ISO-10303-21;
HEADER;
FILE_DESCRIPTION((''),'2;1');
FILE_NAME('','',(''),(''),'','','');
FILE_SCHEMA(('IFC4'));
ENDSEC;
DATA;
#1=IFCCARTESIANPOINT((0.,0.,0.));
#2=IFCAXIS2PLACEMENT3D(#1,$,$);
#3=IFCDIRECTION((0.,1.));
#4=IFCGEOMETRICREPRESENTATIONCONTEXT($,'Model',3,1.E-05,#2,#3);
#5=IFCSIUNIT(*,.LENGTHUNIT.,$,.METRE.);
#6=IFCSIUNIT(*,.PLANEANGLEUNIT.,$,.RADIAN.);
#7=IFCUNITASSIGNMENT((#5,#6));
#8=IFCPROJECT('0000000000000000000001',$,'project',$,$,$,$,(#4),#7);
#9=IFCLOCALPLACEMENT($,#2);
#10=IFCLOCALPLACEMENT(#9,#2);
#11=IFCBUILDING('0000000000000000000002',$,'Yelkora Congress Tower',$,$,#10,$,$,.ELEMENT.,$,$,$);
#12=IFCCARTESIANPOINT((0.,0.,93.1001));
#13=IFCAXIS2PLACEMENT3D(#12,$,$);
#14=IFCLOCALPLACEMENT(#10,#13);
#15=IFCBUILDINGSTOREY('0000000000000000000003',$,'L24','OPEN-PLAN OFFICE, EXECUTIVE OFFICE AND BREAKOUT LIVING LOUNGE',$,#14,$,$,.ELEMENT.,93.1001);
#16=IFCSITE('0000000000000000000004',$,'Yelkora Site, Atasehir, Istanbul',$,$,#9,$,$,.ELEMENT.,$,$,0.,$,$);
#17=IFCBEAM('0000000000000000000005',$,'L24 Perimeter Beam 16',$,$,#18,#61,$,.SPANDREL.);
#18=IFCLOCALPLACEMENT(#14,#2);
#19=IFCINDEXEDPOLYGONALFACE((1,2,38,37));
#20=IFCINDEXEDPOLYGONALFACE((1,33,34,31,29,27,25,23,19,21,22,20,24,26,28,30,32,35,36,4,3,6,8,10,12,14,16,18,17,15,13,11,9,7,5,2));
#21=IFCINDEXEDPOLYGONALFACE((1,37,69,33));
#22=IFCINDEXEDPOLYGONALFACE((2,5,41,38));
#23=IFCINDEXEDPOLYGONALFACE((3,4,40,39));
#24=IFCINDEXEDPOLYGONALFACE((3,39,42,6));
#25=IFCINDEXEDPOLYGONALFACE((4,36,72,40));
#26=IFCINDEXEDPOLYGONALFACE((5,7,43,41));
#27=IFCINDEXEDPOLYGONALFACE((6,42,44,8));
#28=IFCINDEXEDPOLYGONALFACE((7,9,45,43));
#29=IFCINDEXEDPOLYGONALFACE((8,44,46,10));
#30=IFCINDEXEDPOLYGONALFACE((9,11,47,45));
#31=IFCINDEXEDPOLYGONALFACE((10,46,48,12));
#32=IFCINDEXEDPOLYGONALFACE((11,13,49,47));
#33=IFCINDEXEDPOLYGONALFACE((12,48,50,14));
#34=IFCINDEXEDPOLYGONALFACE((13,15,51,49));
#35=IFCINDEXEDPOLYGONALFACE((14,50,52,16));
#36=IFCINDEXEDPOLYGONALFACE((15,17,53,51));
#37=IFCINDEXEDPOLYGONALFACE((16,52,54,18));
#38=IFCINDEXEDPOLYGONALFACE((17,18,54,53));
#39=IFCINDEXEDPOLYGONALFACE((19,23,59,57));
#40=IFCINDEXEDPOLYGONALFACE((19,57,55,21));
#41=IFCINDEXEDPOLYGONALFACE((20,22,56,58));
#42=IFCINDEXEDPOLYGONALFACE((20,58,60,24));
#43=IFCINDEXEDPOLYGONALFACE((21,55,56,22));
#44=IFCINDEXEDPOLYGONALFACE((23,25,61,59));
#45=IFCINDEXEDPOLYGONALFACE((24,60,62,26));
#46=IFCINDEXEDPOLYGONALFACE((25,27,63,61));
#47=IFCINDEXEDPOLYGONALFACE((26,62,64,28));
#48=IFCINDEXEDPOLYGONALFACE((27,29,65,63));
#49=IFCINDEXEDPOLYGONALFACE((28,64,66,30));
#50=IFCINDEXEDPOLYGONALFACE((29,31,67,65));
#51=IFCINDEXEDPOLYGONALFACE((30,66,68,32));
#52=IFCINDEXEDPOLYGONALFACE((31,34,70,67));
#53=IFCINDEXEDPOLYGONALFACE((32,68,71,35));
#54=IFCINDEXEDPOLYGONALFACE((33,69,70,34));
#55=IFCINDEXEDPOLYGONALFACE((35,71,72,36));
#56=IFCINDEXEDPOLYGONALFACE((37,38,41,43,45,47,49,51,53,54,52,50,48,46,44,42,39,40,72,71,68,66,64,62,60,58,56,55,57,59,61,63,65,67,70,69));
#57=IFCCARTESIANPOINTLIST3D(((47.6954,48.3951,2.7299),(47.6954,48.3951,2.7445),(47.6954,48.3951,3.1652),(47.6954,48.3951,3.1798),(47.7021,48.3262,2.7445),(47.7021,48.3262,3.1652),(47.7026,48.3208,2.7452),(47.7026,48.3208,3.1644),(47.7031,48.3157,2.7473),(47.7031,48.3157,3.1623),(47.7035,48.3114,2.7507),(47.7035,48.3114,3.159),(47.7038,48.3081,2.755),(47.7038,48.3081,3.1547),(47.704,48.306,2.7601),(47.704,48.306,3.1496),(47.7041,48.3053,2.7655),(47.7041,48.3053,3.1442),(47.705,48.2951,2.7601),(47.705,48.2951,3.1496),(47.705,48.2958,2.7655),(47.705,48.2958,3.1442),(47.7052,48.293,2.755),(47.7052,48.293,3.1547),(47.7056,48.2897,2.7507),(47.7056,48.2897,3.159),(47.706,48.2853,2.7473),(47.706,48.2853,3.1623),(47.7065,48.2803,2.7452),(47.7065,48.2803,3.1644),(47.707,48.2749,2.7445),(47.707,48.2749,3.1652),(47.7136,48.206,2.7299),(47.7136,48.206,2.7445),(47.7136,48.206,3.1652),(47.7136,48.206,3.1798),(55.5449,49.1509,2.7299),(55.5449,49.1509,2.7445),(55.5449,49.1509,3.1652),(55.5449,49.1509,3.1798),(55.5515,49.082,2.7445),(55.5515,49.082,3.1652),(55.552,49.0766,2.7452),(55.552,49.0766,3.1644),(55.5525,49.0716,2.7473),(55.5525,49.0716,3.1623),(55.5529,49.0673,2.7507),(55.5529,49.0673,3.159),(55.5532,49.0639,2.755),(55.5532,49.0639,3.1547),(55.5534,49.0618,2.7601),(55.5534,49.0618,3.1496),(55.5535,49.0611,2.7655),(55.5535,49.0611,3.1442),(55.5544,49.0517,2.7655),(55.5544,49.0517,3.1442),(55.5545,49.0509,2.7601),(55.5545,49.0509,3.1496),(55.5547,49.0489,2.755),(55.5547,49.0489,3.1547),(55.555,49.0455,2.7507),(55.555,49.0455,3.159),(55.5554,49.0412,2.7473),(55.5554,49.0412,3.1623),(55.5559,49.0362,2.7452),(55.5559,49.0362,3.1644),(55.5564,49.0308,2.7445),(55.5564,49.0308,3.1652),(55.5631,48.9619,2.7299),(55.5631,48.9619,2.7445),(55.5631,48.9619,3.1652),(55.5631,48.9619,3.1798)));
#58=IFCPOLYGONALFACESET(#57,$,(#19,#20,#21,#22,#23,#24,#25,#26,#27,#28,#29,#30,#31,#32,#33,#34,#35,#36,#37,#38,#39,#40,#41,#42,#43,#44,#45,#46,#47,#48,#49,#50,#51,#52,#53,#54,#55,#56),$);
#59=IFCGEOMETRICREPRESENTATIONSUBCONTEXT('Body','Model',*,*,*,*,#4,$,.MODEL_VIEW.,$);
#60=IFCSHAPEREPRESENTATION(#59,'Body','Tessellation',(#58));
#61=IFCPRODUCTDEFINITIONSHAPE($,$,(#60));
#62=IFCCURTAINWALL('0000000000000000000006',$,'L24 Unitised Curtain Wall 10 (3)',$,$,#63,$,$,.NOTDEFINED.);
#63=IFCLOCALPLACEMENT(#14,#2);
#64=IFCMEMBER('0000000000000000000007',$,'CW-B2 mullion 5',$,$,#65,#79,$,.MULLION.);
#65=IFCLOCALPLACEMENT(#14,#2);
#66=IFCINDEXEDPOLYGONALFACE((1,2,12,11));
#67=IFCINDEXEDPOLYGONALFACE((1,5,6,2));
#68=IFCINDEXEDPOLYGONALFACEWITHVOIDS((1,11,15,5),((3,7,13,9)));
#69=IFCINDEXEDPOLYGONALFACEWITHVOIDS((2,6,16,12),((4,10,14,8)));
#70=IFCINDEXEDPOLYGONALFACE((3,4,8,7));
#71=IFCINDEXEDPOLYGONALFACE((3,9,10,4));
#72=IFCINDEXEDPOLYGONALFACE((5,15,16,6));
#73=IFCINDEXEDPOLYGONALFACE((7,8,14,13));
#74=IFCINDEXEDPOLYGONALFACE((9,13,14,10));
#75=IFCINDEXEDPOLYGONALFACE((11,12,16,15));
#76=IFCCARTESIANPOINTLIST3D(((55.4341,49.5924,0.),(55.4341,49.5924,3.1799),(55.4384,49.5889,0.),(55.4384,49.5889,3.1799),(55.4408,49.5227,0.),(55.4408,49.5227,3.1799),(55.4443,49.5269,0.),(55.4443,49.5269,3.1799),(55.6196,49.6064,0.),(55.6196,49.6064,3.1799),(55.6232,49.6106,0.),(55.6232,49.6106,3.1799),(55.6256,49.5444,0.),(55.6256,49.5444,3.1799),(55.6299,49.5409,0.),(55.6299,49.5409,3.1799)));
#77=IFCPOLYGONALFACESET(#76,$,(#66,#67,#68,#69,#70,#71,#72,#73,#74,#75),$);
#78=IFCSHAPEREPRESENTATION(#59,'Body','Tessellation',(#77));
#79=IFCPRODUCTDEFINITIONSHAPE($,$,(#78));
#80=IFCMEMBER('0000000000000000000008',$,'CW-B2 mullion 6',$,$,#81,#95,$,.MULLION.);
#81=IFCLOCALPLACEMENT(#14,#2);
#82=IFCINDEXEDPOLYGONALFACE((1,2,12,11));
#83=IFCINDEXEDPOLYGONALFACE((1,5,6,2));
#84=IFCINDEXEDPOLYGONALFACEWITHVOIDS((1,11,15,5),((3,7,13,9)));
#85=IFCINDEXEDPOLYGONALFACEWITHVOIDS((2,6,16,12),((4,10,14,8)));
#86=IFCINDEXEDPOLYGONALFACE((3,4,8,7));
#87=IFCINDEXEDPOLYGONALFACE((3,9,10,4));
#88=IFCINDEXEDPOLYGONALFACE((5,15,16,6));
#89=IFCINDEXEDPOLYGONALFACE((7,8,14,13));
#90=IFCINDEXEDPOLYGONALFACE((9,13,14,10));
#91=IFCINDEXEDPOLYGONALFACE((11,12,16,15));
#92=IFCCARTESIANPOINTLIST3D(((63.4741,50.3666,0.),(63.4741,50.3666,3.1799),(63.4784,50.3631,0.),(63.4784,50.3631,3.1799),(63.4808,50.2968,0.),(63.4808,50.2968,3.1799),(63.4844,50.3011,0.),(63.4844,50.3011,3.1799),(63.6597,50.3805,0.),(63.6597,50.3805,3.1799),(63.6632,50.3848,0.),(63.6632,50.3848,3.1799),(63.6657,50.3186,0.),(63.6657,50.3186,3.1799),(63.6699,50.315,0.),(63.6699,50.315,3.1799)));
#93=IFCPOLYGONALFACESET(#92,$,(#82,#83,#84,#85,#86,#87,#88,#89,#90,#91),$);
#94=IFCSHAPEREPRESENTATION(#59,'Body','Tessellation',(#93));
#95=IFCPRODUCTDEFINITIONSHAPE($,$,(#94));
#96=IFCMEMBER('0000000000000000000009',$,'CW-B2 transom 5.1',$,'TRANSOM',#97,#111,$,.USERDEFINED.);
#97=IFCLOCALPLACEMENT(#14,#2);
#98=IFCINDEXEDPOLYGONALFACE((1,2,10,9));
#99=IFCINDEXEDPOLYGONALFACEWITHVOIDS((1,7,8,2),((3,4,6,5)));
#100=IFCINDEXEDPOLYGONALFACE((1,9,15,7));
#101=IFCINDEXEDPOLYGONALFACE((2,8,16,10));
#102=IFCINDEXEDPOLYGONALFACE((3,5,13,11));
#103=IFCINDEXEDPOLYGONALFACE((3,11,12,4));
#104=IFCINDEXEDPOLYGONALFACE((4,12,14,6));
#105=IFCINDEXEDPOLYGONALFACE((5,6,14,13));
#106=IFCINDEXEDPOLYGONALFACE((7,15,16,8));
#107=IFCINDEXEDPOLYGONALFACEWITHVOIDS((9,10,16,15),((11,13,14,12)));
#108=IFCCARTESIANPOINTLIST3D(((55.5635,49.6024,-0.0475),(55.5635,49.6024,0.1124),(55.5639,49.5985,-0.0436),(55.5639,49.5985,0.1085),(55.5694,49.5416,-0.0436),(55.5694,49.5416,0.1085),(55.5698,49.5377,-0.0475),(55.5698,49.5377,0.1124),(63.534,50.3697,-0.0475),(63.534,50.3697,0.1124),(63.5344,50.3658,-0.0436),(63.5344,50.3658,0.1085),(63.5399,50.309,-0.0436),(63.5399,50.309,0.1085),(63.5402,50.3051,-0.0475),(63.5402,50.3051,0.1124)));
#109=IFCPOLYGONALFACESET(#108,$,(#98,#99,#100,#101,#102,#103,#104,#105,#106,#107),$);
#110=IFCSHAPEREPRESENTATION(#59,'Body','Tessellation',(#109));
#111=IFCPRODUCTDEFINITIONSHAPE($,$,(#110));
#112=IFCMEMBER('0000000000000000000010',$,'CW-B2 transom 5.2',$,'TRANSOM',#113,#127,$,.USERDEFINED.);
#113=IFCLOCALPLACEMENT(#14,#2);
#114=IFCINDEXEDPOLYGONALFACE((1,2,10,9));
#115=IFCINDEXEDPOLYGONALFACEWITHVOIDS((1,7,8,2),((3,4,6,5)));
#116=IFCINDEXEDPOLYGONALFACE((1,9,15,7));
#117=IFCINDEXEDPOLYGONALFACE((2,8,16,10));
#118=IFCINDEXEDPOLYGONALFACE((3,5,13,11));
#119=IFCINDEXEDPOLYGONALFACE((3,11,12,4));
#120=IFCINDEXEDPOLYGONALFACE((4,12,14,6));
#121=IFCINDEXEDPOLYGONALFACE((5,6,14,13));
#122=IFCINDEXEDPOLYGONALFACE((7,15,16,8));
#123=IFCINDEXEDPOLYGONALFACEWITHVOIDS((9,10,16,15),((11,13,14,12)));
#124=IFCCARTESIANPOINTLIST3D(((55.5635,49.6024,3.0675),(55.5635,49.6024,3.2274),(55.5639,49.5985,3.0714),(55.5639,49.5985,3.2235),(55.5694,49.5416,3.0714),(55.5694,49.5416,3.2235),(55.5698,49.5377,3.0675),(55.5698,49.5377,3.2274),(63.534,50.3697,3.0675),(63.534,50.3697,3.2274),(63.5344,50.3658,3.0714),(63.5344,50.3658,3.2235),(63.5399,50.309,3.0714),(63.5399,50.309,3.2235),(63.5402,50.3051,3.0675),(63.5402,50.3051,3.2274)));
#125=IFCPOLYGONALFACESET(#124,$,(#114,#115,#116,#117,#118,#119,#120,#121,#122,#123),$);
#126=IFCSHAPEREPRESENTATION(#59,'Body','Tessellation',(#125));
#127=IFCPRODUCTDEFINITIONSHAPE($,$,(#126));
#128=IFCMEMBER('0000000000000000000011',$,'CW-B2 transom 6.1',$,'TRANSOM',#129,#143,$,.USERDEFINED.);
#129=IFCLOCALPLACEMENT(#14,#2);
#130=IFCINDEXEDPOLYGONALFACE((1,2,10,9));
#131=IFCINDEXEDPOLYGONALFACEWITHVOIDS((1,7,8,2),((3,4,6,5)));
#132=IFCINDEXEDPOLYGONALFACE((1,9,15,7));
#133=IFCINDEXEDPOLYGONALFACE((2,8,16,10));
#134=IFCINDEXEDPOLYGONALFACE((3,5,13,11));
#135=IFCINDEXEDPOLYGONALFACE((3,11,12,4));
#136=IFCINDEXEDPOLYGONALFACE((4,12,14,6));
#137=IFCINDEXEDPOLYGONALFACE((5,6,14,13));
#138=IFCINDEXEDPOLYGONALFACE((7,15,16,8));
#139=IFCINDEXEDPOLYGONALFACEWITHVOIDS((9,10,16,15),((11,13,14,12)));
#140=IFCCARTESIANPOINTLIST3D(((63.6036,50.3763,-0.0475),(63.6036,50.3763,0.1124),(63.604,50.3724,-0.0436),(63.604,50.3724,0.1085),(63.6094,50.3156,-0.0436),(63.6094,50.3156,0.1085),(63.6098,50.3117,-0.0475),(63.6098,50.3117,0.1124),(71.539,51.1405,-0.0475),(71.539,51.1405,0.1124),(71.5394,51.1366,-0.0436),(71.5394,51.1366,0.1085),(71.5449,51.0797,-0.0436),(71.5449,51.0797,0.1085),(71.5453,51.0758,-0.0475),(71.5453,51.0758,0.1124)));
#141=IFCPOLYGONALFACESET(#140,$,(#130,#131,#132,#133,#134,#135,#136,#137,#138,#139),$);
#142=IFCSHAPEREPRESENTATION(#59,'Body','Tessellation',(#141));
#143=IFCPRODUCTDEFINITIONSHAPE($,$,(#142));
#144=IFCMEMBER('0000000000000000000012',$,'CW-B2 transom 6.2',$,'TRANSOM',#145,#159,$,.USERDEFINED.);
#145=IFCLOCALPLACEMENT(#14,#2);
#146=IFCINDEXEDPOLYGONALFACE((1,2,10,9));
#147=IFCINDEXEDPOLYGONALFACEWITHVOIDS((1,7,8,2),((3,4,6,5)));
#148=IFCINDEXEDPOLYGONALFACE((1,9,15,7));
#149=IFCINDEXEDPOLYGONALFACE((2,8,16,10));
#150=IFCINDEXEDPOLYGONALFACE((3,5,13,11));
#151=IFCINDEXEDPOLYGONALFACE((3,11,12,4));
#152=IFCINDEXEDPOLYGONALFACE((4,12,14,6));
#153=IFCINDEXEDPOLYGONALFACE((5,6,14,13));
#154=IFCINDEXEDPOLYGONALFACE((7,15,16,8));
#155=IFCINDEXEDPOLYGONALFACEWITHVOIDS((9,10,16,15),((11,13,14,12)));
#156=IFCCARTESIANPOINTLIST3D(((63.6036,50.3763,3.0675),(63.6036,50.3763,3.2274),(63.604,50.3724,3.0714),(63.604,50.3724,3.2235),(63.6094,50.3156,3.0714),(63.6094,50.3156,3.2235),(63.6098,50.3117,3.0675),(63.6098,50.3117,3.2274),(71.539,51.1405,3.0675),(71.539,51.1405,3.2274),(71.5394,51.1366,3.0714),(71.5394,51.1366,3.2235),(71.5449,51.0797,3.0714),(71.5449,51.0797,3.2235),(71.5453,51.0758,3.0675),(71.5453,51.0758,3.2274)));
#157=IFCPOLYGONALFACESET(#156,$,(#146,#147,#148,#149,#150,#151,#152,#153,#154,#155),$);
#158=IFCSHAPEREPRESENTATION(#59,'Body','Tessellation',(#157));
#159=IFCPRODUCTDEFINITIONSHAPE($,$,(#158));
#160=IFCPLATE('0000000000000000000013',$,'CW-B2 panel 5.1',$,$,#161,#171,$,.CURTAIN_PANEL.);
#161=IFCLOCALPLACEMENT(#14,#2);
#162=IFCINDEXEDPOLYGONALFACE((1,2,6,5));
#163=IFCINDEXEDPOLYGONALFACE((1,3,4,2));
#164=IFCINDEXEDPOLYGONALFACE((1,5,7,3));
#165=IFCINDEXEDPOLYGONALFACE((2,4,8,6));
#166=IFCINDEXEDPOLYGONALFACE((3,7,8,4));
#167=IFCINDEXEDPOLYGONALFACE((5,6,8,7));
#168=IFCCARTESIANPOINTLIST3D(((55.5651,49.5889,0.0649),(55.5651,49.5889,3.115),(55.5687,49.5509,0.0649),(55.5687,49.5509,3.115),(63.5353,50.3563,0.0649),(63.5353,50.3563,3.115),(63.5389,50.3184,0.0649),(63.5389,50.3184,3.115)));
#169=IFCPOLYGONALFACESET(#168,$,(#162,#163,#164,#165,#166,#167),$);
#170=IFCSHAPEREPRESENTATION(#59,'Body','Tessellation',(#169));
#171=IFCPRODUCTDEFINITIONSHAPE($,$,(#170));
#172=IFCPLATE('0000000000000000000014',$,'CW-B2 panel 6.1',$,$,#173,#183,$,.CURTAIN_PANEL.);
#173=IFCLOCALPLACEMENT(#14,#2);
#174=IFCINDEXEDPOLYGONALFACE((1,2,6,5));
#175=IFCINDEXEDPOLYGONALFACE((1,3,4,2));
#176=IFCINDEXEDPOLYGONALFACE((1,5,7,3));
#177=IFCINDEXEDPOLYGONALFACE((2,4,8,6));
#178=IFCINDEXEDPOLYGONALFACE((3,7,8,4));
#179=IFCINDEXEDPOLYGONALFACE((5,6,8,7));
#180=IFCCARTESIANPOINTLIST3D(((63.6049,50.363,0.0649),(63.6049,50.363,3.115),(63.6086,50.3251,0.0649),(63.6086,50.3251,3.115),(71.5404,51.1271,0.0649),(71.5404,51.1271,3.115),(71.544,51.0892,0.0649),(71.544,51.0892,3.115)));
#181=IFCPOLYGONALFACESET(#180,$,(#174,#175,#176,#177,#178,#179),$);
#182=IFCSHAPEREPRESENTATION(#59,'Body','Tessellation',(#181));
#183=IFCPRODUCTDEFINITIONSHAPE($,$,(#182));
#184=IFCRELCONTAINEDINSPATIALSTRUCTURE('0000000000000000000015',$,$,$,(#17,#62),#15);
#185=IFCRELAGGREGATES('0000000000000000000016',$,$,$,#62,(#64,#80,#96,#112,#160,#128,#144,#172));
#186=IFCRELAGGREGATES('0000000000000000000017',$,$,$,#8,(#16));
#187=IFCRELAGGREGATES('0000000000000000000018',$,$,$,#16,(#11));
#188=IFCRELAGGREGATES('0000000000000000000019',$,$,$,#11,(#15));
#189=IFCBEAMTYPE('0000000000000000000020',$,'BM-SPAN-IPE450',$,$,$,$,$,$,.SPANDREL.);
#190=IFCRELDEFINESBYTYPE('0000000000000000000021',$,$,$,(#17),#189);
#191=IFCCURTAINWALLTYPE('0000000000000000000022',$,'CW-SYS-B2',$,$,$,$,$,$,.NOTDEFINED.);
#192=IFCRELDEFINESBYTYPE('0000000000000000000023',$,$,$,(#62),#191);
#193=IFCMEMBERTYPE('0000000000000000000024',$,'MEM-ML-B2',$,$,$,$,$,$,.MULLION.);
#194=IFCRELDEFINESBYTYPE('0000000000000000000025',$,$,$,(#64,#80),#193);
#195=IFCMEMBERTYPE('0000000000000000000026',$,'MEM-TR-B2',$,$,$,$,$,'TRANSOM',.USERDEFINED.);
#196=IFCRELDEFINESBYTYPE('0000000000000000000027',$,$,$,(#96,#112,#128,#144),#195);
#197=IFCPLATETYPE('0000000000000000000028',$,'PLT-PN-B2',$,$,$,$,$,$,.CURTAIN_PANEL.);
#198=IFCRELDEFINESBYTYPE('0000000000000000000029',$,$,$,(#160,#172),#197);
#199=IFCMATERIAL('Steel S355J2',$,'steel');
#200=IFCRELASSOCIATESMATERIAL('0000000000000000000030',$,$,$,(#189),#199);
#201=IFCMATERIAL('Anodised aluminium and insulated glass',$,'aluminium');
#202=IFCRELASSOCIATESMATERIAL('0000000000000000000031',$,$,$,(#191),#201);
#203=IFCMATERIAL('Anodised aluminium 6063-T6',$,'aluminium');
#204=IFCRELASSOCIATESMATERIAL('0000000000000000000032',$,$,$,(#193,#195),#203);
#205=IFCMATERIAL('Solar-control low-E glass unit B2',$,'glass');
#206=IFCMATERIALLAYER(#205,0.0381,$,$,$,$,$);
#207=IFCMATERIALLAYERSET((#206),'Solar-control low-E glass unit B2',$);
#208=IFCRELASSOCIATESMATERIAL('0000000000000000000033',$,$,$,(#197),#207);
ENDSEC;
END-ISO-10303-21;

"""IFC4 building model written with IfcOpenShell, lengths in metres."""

from ifc_helpers import new_model, si_unit, direction, frame, origin, origin_2d, place, context, subcontext, project, spatial, rectangle, hollow_rectangle, i_section, extrude, material, layer, layer_set, material_profile, profile_set, type_object, element, aggregate, save


model = new_model("IFC4")

# Units and contexts
model_context = context("Model", 3, precision=1e-05, world=origin(), true_north=direction((0.0, 1.0)))
body_context = subcontext(model_context, "Body", "Model", "MODEL_VIEW")
ifc_project = project(units=[si_unit("LENGTHUNIT", "METRE"), si_unit("PLANEANGLEUNIT", "RADIAN")], contexts=[model_context])

# Site, building, storey
site_placement = place(None, origin())
site = spatial("IfcSite", under=ifc_project, at=site_placement, Name="Yelkora Site, Atasehir, Istanbul", CompositionType="ELEMENT", RefElevation=0.0)
building_placement = place(site_placement, origin())
building = spatial("IfcBuilding", under=site, at=building_placement, Name="Yelkora Congress Tower", CompositionType="ELEMENT")
storey_placement = place(building_placement, frame((0.0, 0.0, 93.1001)))
storey = spatial("IfcBuildingStorey", under=building, at=storey_placement, Name="L24", Description="OPEN-PLAN OFFICE, EXECUTIVE OFFICE AND BREAKOUT LIVING LOUNGE", CompositionType="ELEMENT", Elevation=93.1001)

# Beam
ifc_material_1 = material(Name="Steel S355J2", Category="steel")
ifc_material_profile_1 = material_profile(ifc_material_1, i_section(OverallWidth=0.1899, OverallDepth=0.45, WebThickness=0.0095, FlangeThickness=0.0146, FilletRadius=0.021, at=origin_2d()), Name="IPE 450")
ifc_profile_set_1 = profile_set([ifc_material_profile_1], Name="Steel S355J2")
beam_type_1 = type_object("IfcBeamType", Name="BM-SPAN-IPE450", PredefinedType="SPANDREL", material=ifc_profile_set_1)
for number, where, z_axis, x_axis, name in (
    (1, (55.554, 49.0564, 2.9548), (-0.995396, -0.095852, 0.0), (0.095852, -0.995396, 0.0), "L24 Perimeter Beam 16"),
):
    element("IfcBeam", number, at=place(storey_placement, frame(where, z_axis=z_axis, x_axis=x_axis)), inside=storey, type_object=beam_type_1, Name=name, PredefinedType="SPANDREL", context=body_context, shape_type="SweptSolid", body=[
        extrude(i_section(OverallWidth=0.1899, OverallDepth=0.45, WebThickness=0.0095, FlangeThickness=0.0146, FilletRadius=0.021, at=origin_2d()), origin(), (0.0, 0.0, 1.0), 7.8857),
    ])

# Curtain wall, members, plates
ifc_material_2 = material(Name="Anodised aluminium and insulated glass", Category="aluminium")
curtain_wall_type = type_object("IfcCurtainWallType", Name="CW-SYS-B2", PredefinedType="NOTDEFINED", material=ifc_material_2)
curtain_wall_placement = place(storey_placement, origin())
curtain_wall = element("IfcCurtainWall", 2, at=curtain_wall_placement, inside=storey, type_object=curtain_wall_type, Name="L24 Unitised Curtain Wall 10 (3)", PredefinedType="NOTDEFINED")
ifc_material_3 = material(Name="Anodised aluminium 6063-T6", Category="aluminium")
ifc_material_profile_2 = material_profile(ifc_material_3, hollow_rectangle(XDim=0.0701, YDim=0.1899, WallThickness=0.0039, at=origin_2d()), Name="ALU 70x190x4")
ifc_profile_set_2 = profile_set([ifc_material_profile_2], Name="Anodised aluminium 6063-T6")
member_type_1 = type_object("IfcMemberType", Name="MEM-ML-B2", PredefinedType="MULLION", material=ifc_profile_set_2)
member_1_placement = place(storey_placement, frame((55.532, 49.5667, 0.0), z_axis=(0.0, 0.0, 1.0), x_axis=(-0.095844, 0.995396, 0.0)))
member_1 = element("IfcMember", 3, at=member_1_placement, type_object=member_type_1, Name="CW-B2 mullion 5", PredefinedType="MULLION", context=body_context, shape_type="SweptSolid", body=[
    extrude(hollow_rectangle(XDim=0.0701, YDim=0.1899, WallThickness=0.0039, at=origin_2d()), origin(), (0.0, 0.0, 1.0), 3.1799),
])
member_2_placement = place(storey_placement, frame((63.572, 50.3408, 0.0), z_axis=(0.0, 0.0, 1.0), x_axis=(-0.095844, 0.995396, 0.0)))
member_2 = element("IfcMember", 4, at=member_2_placement, type_object=member_type_1, Name="CW-B2 mullion 6", PredefinedType="MULLION", context=body_context, shape_type="SweptSolid", body=[
    extrude(hollow_rectangle(XDim=0.0701, YDim=0.1899, WallThickness=0.0039, at=origin_2d()), origin(), (0.0, 0.0, 1.0), 3.1799),
])
ifc_material_profile_3 = material_profile(ifc_material_3, hollow_rectangle(XDim=0.0649, YDim=0.1599, WallThickness=0.0039, at=origin_2d()), Name="ALU 65x160x4")
ifc_profile_set_3 = profile_set([ifc_material_profile_3], Name="Anodised aluminium 6063-T6")
member_type_2 = type_object("IfcMemberType", Name="MEM-TR-B2", ElementType="TRANSOM", PredefinedType="USERDEFINED", material=ifc_profile_set_3)
member_3_placement = place(storey_placement, frame((55.5667, 49.5701, 0.0325), z_axis=(0.995398, 0.095829, 0.0), x_axis=(-0.095829, 0.995398, 0.0)))
member_3 = element("IfcMember", 5, at=member_3_placement, type_object=member_type_2, Name="CW-B2 transom 5.1", ObjectType="TRANSOM", PredefinedType="USERDEFINED", context=body_context, shape_type="SweptSolid", body=[
    extrude(hollow_rectangle(XDim=0.0649, YDim=0.1599, WallThickness=0.0039, at=origin_2d()), origin(), (0.0, 0.0, 1.0), 8.0073),
])
member_4_placement = place(storey_placement, frame((55.5667, 49.5701, 3.1475), z_axis=(0.995398, 0.095829, 0.0), x_axis=(-0.095829, 0.995398, 0.0)))
member_4 = element("IfcMember", 6, at=member_4_placement, type_object=member_type_2, Name="CW-B2 transom 5.2", ObjectType="TRANSOM", PredefinedType="USERDEFINED", context=body_context, shape_type="SweptSolid", body=[
    extrude(hollow_rectangle(XDim=0.0649, YDim=0.1599, WallThickness=0.0039, at=origin_2d()), origin(), (0.0, 0.0, 1.0), 8.0073),
])
member_5_placement = place(storey_placement, frame((63.6067, 50.344, 0.0325), z_axis=(0.995396, 0.095852, 0.0), x_axis=(-0.095852, 0.995396, 0.0)))
member_5 = element("IfcMember", 7, at=member_5_placement, type_object=member_type_2, Name="CW-B2 transom 6.1", ObjectType="TRANSOM", PredefinedType="USERDEFINED", context=body_context, shape_type="SweptSolid", body=[
    extrude(hollow_rectangle(XDim=0.0649, YDim=0.1599, WallThickness=0.0039, at=origin_2d()), origin(), (0.0, 0.0, 1.0), 7.9722),
])
member_6_placement = place(storey_placement, frame((63.6067, 50.344, 3.1475), z_axis=(0.995396, 0.095852, 0.0), x_axis=(-0.095852, 0.995396, 0.0)))
member_6 = element("IfcMember", 8, at=member_6_placement, type_object=member_type_2, Name="CW-B2 transom 6.2", ObjectType="TRANSOM", PredefinedType="USERDEFINED", context=body_context, shape_type="SweptSolid", body=[
    extrude(hollow_rectangle(XDim=0.0649, YDim=0.1599, WallThickness=0.0039, at=origin_2d()), origin(), (0.0, 0.0, 1.0), 7.9722),
])
ifc_material_4 = material(Name="Solar-control low-E glass unit B2", Category="glass")
ifc_layer_1 = layer(ifc_material_4, 0.0381)
ifc_layer_set_1 = layer_set([ifc_layer_1], Name="Solar-control low-E glass unit B2")
plate_type = type_object("IfcPlateType", Name="PLT-PN-B2", PredefinedType="CURTAIN_PANEL", material=ifc_layer_set_1)
plate_1_placement = place(storey_placement, frame((59.552, 49.9536, 0.0649), z_axis=(0.0, 0.0, 1.0), x_axis=(0.995396, 0.095844, 0.0)))
plate_1 = element("IfcPlate", 9, at=plate_1_placement, type_object=plate_type, Name="CW-B2 panel 5.1", PredefinedType="CURTAIN_PANEL", context=body_context, shape_type="SweptSolid", body=[
    extrude(rectangle(XDim=8.0071, YDim=0.0381, at=origin_2d()), origin(), (0.0, 0.0, 1.0), 3.05),
])
plate_2_placement = place(storey_placement, frame((67.5745, 50.7261, 0.0649), z_axis=(0.0, 0.0, 1.0), x_axis=(0.995396, 0.095844, 0.0)))
plate_2 = element("IfcPlate", 10, at=plate_2_placement, type_object=plate_type, Name="CW-B2 panel 6.1", PredefinedType="CURTAIN_PANEL", context=body_context, shape_type="SweptSolid", body=[
    extrude(rectangle(XDim=7.9722, YDim=0.0381, at=origin_2d()), origin(), (0.0, 0.0, 1.0), 3.05),
])
aggregate(curtain_wall, [member_1, member_2, member_3, member_4, plate_1, member_5, member_6, plate_2])

save(model, "model.ifc")
